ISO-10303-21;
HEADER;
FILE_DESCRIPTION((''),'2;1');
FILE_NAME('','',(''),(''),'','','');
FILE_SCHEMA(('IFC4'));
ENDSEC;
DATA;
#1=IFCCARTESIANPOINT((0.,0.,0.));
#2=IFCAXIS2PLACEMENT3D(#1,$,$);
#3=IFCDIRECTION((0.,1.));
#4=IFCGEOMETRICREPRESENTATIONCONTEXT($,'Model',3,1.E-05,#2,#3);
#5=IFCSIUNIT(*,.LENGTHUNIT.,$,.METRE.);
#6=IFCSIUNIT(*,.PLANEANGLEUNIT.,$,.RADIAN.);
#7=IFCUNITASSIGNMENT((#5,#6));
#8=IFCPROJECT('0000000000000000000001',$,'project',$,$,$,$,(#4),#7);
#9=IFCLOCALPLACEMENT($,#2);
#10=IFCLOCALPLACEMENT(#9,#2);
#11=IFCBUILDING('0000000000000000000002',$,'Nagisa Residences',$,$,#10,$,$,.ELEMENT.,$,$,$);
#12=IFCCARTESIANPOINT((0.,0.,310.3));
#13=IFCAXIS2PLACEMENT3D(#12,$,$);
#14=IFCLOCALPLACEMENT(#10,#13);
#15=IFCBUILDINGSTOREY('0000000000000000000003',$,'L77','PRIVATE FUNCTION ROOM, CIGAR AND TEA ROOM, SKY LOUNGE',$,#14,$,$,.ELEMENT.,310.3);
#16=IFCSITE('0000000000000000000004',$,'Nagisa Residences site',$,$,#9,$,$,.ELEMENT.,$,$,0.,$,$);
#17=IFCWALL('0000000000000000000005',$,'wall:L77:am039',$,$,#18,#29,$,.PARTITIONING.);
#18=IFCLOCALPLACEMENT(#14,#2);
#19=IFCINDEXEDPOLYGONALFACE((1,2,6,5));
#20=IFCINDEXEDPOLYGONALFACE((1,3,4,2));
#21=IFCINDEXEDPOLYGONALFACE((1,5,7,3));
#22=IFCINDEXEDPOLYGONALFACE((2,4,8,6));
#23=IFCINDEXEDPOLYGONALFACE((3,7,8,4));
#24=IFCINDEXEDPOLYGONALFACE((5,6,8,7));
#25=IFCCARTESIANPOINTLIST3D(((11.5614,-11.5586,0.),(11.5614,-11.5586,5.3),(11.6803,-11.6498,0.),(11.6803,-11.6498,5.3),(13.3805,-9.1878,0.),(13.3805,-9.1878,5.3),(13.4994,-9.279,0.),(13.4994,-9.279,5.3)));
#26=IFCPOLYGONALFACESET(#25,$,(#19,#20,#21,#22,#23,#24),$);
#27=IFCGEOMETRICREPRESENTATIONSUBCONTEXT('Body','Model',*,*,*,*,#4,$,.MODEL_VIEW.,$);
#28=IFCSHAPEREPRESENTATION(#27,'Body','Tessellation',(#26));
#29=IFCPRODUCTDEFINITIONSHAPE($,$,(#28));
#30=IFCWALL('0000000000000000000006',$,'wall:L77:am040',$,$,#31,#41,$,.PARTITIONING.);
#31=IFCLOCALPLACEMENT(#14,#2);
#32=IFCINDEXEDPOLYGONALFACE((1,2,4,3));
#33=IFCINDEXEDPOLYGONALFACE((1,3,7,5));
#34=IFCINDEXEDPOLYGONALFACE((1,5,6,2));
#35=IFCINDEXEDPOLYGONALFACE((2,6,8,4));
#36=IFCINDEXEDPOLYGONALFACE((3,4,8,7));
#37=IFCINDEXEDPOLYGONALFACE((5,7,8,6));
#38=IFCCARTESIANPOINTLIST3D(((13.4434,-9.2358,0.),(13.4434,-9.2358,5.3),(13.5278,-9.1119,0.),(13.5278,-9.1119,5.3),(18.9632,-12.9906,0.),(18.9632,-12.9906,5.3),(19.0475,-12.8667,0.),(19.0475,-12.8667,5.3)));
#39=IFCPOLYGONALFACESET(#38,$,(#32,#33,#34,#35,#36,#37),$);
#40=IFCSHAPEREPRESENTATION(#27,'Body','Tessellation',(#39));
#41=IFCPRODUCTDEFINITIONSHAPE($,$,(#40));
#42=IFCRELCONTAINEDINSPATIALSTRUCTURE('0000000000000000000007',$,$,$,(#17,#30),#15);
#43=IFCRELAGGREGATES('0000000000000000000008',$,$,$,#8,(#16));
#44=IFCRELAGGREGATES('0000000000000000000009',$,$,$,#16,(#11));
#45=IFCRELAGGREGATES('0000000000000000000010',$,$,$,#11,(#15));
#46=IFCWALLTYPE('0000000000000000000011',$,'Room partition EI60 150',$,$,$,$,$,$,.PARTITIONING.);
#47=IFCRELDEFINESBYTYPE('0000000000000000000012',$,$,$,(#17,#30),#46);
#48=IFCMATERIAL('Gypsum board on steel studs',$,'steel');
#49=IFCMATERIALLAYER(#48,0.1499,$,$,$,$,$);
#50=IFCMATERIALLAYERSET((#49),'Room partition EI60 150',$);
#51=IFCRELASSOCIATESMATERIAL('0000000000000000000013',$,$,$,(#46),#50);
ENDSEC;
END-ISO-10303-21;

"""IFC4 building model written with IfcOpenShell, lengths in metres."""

from ifc_helpers import new_model, si_unit, direction, frame, frame_2d, origin, place, context, subcontext, project, spatial, rectangle, extrude, material, layer, layer_set, type_object, element, save


model = new_model("IFC4")

# Units and contexts
model_context = context("Model", 3, precision=1e-05, world=origin(), true_north=direction((0.0, 1.0)))
body_context = subcontext(model_context, "Body", "Model", "MODEL_VIEW")
ifc_project = project(units=[si_unit("LENGTHUNIT", "METRE"), si_unit("PLANEANGLEUNIT", "RADIAN")], contexts=[model_context])

# Site, building, storey
site_placement = place(None, origin())
site = spatial("IfcSite", under=ifc_project, at=site_placement, Name="Nagisa Residences site", CompositionType="ELEMENT", RefElevation=0.0)
building_placement = place(site_placement, origin())
building = spatial("IfcBuilding", under=site, at=building_placement, Name="Nagisa Residences", CompositionType="ELEMENT")
storey_placement = place(building_placement, frame((0.0, 0.0, 310.3)))
storey = spatial("IfcBuildingStorey", under=building, at=storey_placement, Name="L77", Description="PRIVATE FUNCTION ROOM, CIGAR AND TEA ROOM, SKY LOUNGE", CompositionType="ELEMENT", Elevation=310.3)

# Shared definitions
ifc_material_1 = material(Name="Gypsum board on steel studs", Category="steel")
ifc_layer_1 = layer(ifc_material_1, 0.1499)
ifc_layer_set_1 = layer_set([ifc_layer_1], Name="Room partition EI60 150")
wall_type = type_object("IfcWallType", Name="Room partition EI60 150", PredefinedType="PARTITIONING", material=ifc_layer_set_1)

# Walls
wall_1_placement = place(storey_placement, frame((13.4399, -9.2334, 0.0), z_axis=(0.0, 0.0, 1.0), x_axis=(-0.608735, -0.793374, 0.0)))
element("IfcWall", 1, at=wall_1_placement, inside=storey, type_object=wall_type, Name="wall:L77:am039", PredefinedType="PARTITIONING", context=body_context, shape_type="SweptSolid", body=[
    extrude(rectangle(XDim=2.9883, YDim=0.1499, at=frame_2d((1.4941, 0.0))), origin(), (0.0, 0.0, 1.0), 5.3),
])
wall_2_placement = place(storey_placement, frame((13.4856, -9.1738, 0.0), z_axis=(0.0, 0.0, 1.0), x_axis=(0.826826, -0.562457, 0.0)))
element("IfcWall", 2, at=wall_2_placement, inside=storey, type_object=wall_type, Name="wall:L77:am040", PredefinedType="PARTITIONING", context=body_context, shape_type="SweptSolid", body=[
    extrude(rectangle(XDim=6.6758, YDim=0.1499, at=frame_2d((3.3379, 0.0))), origin(), (0.0, 0.0, 1.0), 5.3),
])

save(model, "model.ifc")
